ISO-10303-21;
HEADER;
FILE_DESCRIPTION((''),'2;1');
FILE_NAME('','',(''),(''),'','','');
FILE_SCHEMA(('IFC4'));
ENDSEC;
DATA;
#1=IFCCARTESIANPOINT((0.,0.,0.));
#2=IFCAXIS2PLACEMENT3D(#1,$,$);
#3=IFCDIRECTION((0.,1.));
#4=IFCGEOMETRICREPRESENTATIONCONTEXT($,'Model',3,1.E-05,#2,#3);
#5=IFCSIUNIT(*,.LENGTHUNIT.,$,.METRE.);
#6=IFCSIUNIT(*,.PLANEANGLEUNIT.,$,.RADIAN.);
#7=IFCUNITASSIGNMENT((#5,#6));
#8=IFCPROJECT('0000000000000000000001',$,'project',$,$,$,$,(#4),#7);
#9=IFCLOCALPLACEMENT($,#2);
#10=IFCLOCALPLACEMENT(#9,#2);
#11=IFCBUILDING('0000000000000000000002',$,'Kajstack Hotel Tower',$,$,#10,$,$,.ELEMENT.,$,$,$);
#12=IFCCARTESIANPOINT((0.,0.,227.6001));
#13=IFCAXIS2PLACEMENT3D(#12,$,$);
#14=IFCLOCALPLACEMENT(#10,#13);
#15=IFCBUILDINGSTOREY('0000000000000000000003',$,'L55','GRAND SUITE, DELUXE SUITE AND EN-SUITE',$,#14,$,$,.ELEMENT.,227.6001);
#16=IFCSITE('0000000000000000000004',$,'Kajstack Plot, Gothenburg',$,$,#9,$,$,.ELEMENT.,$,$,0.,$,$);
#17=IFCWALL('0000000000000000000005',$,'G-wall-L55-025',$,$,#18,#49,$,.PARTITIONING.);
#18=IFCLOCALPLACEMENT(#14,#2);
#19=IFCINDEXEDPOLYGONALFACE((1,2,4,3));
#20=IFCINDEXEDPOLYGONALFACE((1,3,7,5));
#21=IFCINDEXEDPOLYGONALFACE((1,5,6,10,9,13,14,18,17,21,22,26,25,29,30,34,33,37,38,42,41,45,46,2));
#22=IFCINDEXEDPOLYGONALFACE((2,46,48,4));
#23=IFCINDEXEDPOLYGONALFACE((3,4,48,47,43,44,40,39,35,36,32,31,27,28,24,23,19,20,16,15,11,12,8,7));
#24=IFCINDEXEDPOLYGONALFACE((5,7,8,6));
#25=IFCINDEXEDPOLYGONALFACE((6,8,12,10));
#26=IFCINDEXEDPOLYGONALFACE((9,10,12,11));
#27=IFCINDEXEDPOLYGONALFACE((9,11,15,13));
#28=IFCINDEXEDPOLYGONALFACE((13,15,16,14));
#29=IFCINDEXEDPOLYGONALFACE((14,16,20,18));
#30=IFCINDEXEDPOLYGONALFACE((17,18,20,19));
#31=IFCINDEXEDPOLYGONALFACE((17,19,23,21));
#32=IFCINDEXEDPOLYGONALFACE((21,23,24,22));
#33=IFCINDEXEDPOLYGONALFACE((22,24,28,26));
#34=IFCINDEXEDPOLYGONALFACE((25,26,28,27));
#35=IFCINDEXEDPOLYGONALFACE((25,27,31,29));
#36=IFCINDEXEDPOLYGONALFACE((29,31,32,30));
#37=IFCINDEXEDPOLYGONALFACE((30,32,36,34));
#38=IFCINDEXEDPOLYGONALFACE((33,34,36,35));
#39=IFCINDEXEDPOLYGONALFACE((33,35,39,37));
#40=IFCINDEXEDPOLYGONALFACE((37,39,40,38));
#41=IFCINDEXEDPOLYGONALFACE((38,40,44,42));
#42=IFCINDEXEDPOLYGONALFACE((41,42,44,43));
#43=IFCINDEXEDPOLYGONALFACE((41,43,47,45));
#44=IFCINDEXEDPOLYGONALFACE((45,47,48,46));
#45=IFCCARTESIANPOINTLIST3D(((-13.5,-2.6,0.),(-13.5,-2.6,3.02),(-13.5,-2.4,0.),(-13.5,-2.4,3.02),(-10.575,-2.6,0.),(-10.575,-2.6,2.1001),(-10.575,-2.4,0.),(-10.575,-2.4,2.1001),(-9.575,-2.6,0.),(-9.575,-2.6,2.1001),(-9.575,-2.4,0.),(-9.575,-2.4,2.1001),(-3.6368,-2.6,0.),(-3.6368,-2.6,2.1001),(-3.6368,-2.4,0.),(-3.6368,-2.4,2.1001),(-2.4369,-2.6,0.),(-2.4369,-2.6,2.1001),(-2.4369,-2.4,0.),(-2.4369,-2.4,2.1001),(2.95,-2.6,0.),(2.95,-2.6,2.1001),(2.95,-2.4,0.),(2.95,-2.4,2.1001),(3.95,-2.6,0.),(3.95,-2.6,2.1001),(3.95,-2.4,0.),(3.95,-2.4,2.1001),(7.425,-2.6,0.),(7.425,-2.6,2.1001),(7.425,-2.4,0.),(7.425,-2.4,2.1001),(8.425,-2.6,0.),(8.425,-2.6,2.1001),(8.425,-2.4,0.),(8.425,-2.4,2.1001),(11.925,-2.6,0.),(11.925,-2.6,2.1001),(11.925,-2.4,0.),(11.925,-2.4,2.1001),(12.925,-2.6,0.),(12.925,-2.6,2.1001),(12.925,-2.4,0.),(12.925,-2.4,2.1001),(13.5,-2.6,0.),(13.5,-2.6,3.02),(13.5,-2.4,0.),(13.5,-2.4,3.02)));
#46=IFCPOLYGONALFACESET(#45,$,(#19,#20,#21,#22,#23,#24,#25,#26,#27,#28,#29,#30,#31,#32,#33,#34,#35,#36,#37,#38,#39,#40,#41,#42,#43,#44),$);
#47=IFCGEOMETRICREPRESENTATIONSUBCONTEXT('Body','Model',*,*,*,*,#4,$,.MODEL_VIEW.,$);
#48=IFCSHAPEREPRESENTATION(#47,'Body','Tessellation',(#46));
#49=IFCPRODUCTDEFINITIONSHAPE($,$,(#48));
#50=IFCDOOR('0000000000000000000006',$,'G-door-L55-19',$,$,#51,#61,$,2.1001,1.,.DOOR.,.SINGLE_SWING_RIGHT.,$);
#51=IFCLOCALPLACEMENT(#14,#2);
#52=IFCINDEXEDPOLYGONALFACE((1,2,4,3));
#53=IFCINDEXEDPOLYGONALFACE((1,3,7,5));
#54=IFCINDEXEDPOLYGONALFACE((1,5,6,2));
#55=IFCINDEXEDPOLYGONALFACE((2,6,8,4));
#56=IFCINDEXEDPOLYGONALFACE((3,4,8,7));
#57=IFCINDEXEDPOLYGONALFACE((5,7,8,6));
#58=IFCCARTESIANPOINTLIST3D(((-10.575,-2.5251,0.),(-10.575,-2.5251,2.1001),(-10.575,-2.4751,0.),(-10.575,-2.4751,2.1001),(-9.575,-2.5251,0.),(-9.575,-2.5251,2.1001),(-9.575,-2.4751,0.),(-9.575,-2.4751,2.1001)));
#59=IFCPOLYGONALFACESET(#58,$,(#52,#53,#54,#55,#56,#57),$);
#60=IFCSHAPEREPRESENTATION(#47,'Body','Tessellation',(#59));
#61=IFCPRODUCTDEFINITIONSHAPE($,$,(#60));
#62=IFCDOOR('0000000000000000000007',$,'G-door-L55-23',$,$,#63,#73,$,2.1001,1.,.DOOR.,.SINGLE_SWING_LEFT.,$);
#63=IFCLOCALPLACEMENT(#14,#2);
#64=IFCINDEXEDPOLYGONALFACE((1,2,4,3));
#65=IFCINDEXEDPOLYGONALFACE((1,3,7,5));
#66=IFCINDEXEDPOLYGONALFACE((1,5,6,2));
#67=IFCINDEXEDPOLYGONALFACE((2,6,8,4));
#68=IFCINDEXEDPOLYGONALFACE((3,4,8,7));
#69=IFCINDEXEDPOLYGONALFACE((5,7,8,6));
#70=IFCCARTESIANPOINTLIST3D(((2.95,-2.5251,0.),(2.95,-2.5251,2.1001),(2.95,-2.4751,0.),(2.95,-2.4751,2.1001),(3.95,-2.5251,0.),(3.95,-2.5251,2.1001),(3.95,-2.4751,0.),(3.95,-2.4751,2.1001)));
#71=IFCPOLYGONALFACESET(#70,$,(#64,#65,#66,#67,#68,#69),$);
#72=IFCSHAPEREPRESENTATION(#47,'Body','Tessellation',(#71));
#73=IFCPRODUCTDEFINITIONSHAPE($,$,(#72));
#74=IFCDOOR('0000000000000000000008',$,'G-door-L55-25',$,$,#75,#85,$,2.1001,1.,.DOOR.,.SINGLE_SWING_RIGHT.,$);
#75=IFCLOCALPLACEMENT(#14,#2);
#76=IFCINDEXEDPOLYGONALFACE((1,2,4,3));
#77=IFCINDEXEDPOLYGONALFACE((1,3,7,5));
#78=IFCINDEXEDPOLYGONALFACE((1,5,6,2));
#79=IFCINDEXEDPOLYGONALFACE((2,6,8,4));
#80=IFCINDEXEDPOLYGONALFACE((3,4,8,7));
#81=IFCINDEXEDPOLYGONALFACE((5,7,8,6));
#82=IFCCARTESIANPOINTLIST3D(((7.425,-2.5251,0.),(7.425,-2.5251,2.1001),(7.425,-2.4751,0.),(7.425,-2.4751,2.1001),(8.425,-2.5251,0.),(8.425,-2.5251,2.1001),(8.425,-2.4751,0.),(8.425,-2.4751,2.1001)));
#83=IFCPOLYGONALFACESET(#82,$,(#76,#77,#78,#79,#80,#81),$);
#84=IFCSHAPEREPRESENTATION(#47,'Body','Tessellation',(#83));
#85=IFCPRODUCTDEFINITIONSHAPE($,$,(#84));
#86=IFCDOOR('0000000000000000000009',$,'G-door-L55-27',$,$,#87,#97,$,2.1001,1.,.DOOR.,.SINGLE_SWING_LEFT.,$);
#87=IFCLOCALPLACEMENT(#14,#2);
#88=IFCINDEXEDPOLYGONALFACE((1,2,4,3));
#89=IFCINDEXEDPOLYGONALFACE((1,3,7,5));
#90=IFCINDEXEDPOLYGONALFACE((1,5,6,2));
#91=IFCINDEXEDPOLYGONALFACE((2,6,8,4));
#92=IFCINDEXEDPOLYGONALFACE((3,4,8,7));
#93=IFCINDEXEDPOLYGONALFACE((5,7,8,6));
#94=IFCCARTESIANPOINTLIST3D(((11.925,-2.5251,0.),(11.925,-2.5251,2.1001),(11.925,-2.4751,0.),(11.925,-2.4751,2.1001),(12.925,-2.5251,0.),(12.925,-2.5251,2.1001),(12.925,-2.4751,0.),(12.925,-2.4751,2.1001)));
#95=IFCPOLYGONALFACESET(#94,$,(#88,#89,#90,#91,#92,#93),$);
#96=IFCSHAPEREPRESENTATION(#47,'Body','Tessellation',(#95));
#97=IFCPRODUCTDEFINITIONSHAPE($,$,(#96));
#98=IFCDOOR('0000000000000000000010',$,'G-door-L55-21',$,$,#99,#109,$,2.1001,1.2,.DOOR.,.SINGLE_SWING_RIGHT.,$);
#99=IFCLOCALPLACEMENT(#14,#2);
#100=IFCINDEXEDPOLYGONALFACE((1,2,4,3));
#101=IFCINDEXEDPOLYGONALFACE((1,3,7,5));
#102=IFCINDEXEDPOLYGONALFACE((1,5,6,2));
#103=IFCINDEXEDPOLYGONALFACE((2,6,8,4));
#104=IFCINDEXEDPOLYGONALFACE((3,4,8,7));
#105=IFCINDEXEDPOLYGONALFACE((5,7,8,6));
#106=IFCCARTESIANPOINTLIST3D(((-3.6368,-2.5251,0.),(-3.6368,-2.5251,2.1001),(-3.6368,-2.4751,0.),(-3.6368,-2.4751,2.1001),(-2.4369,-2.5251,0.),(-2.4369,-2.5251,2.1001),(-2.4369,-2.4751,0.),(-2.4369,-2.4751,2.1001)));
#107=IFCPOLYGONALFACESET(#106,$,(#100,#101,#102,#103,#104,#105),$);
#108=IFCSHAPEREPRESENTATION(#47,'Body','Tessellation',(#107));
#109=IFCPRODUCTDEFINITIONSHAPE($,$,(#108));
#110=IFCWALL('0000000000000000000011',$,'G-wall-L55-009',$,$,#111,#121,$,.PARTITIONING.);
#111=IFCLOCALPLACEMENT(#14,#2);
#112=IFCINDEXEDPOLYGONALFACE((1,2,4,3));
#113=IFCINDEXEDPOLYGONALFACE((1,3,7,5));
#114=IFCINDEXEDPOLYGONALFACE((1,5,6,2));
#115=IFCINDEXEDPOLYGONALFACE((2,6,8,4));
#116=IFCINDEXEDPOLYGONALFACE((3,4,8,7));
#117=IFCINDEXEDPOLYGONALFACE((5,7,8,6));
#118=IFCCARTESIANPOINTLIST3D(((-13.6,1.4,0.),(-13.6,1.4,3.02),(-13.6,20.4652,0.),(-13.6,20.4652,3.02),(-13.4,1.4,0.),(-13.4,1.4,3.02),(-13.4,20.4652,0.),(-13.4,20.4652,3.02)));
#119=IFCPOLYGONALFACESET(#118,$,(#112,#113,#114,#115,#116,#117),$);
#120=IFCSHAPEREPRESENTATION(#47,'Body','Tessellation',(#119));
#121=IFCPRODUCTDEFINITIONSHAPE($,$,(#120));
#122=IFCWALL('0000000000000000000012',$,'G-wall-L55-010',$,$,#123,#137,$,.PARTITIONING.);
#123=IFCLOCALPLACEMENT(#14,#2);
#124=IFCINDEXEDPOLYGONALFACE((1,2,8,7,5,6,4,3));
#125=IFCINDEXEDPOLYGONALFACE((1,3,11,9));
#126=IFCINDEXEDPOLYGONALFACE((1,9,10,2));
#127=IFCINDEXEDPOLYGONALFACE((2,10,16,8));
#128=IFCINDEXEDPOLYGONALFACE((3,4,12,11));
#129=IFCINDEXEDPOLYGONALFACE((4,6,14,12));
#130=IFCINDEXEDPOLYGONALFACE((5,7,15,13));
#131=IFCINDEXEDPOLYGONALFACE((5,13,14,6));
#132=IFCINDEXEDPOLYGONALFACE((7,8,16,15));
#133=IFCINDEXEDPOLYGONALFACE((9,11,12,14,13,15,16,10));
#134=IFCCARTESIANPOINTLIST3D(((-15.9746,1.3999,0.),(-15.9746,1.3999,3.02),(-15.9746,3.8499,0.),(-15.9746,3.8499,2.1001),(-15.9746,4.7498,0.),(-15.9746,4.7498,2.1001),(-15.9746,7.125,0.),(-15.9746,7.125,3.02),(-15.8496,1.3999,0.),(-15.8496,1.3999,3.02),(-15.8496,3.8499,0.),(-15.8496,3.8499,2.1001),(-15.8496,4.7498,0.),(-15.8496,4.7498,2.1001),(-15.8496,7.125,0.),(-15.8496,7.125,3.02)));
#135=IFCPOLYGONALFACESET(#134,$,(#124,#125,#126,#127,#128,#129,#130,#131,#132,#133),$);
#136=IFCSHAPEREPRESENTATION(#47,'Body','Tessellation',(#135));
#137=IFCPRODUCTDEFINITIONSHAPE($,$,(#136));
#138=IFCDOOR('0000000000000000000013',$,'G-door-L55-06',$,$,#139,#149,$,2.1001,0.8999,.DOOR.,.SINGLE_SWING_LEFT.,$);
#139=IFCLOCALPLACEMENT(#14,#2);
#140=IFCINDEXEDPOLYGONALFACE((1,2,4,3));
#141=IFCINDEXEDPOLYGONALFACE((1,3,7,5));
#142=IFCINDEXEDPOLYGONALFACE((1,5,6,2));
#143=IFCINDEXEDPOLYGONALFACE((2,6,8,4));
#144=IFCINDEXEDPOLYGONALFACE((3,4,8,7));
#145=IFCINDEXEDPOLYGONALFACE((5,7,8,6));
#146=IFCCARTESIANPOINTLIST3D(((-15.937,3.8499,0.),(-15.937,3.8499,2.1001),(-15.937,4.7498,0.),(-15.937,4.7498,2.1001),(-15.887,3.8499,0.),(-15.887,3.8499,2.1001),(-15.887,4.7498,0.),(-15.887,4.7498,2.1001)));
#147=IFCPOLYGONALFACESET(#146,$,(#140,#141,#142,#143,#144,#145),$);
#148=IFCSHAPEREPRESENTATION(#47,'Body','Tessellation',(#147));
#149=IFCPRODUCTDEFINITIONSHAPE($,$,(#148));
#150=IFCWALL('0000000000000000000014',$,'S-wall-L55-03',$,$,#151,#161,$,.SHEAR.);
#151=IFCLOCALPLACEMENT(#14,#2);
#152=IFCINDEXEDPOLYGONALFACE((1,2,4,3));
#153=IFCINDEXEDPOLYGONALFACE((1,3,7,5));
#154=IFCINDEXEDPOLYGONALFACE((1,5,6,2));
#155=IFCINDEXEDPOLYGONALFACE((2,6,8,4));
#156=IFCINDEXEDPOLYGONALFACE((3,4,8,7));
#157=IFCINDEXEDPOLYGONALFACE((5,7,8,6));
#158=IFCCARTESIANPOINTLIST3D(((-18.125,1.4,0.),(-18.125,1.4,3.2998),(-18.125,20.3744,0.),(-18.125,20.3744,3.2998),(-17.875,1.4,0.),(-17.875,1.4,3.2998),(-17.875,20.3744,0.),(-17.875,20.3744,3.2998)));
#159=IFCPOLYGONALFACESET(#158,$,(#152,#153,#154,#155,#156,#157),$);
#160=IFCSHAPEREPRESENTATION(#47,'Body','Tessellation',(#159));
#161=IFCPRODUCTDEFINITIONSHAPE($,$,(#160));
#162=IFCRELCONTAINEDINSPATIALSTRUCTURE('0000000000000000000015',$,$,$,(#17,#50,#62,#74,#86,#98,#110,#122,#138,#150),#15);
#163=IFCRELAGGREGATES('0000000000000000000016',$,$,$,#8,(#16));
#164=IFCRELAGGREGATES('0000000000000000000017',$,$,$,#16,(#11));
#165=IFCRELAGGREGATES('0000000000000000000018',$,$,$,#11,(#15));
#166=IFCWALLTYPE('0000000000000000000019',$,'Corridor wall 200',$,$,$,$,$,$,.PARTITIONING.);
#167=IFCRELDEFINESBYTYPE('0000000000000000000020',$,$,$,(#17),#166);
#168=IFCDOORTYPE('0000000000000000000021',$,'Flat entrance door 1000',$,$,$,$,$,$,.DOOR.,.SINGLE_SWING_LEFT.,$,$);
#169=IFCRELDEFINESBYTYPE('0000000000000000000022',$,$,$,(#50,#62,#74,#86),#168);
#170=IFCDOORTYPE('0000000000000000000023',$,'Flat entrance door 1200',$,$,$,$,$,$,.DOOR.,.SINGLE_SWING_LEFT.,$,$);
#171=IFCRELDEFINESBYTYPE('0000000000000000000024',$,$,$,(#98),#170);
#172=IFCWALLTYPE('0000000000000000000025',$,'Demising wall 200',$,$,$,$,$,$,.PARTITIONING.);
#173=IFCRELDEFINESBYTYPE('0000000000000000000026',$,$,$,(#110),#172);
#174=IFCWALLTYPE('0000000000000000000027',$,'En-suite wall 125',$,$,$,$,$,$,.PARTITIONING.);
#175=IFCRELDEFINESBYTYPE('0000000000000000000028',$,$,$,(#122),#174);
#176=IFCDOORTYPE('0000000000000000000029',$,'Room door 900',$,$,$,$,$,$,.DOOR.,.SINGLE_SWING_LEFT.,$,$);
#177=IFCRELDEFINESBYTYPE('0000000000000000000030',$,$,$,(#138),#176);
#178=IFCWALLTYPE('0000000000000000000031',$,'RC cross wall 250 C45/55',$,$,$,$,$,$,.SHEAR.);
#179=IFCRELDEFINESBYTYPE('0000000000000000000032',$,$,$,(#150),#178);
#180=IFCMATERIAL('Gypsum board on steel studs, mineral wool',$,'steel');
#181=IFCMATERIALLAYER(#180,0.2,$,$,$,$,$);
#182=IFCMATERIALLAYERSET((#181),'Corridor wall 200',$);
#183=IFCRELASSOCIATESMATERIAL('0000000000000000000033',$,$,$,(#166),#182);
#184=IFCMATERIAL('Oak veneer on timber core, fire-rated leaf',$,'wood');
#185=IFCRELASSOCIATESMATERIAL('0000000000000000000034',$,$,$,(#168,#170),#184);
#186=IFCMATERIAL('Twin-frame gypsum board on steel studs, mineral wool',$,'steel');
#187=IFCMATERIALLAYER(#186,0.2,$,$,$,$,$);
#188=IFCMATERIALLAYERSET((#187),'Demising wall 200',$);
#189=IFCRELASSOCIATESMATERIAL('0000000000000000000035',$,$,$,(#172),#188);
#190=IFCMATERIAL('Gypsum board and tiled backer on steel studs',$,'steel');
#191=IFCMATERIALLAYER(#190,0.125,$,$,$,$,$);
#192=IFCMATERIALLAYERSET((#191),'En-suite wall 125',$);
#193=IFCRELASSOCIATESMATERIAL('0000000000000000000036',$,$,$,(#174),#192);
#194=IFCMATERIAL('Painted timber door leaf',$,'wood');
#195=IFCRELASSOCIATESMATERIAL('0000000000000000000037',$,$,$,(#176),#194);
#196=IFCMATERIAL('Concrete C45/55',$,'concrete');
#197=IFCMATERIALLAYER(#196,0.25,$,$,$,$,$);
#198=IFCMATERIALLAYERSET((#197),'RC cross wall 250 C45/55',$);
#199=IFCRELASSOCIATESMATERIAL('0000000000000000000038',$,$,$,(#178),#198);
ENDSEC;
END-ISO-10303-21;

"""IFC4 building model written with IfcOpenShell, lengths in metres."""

from ifc_helpers import new_model, si_unit, direction, frame, frame_2d, origin, place, context, subcontext, project, spatial, rectangle, extrude, material, layer, layer_set, type_object, element, fill, save


model = new_model("IFC4")

# Units and contexts
model_context = context("Model", 3, precision=1e-05, world=origin(), true_north=direction((0.0, 1.0)))
body_context = subcontext(model_context, "Body", "Model", "MODEL_VIEW")
ifc_project = project(units=[si_unit("LENGTHUNIT", "METRE"), si_unit("PLANEANGLEUNIT", "RADIAN")], contexts=[model_context])

# Site, building, storey
site_placement = place(None, origin())
site = spatial("IfcSite", under=ifc_project, at=site_placement, Name="Kajstack Plot, Gothenburg", CompositionType="ELEMENT", RefElevation=0.0)
building_placement = place(site_placement, origin())
building = spatial("IfcBuilding", under=site, at=building_placement, Name="Kajstack Hotel Tower", CompositionType="ELEMENT")
storey_placement = place(building_placement, frame((0.0, 0.0, 227.6001)))
storey = spatial("IfcBuildingStorey", under=building, at=storey_placement, Name="L55", Description="GRAND SUITE, DELUXE SUITE AND EN-SUITE", CompositionType="ELEMENT", Elevation=227.6001)

# Wall, openings, doors
ifc_material_1 = material(Name="Gypsum board on steel studs, mineral wool", Category="steel")
ifc_layer_1 = layer(ifc_material_1, 0.2)
ifc_layer_set_1 = layer_set([ifc_layer_1], Name="Corridor wall 200")
wall_type_1 = type_object("IfcWallType", Name="Corridor wall 200", PredefinedType="PARTITIONING", material=ifc_layer_set_1)
wall_1_placement = place(storey_placement, frame((-13.5, -2.5, 0.0), z_axis=(0.0, 0.0, 1.0), x_axis=(1.0, 0.0, 0.0)))
wall_1 = element("IfcWall", 1, at=wall_1_placement, inside=storey, type_object=wall_type_1, Name="G-wall-L55-025", PredefinedType="PARTITIONING", context=body_context, shape_type="SweptSolid", body=[
    extrude(rectangle(XDim=27.0, YDim=0.2, at=frame_2d((13.5, 0.0))), origin(), (0.0, 0.0, 1.0), 3.02),
])
opening_1_placement = place(wall_1_placement, frame((2.925, 0.0, 0.0)))
opening_1 = element("IfcOpeningElement", 2, at=opening_1_placement, cuts=wall_1, PredefinedType="OPENING", context=body_context, shape_type="SweptSolid", body=[
    extrude(rectangle(XDim=1.0, YDim=2.1001, at=frame_2d((0.5, 1.05))), frame((0.0, 0.1099, 0.0), z_axis=(0.0, -1.0, 0.0), x_axis=(1.0, 0.0, 0.0)), (0.0, 0.0, 1.0), 0.22),
])
opening_2_placement = place(wall_1_placement, frame((9.863, 0.0, 0.0)))
opening_2 = element("IfcOpeningElement", 3, at=opening_2_placement, cuts=wall_1, PredefinedType="OPENING", context=body_context, shape_type="SweptSolid", body=[
    extrude(rectangle(XDim=1.2, YDim=2.1001, at=frame_2d((0.6001, 1.05))), frame((0.0, 0.1099, 0.0), z_axis=(0.0, -1.0, 0.0), x_axis=(1.0, 0.0, 0.0)), (0.0, 0.0, 1.0), 0.22),
])
opening_3_placement = place(wall_1_placement, frame((16.45, 0.0, 0.0)))
opening_3 = element("IfcOpeningElement", 4, at=opening_3_placement, cuts=wall_1, PredefinedType="OPENING", context=body_context, shape_type="SweptSolid", body=[
    extrude(rectangle(XDim=1.0, YDim=2.1001, at=frame_2d((0.5, 1.05))), frame((0.0, 0.1099, 0.0), z_axis=(0.0, -1.0, 0.0), x_axis=(1.0, 0.0, 0.0)), (0.0, 0.0, 1.0), 0.22),
])
opening_4_placement = place(wall_1_placement, frame((20.925, 0.0, 0.0)))
opening_4 = element("IfcOpeningElement", 5, at=opening_4_placement, cuts=wall_1, PredefinedType="OPENING", context=body_context, shape_type="SweptSolid", body=[
    extrude(rectangle(XDim=1.0, YDim=2.1001, at=frame_2d((0.5, 1.05))), frame((0.0, 0.1099, 0.0), z_axis=(0.0, -1.0, 0.0), x_axis=(1.0, 0.0, 0.0)), (0.0, 0.0, 1.0), 0.22),
])
opening_5_placement = place(wall_1_placement, frame((25.425, 0.0, 0.0)))
opening_5 = element("IfcOpeningElement", 6, at=opening_5_placement, cuts=wall_1, PredefinedType="OPENING", context=body_context, shape_type="SweptSolid", body=[
    extrude(rectangle(XDim=1.0, YDim=2.1001, at=frame_2d((0.5, 1.05))), frame((0.0, 0.1099, 0.0), z_axis=(0.0, -1.0, 0.0), x_axis=(1.0, 0.0, 0.0)), (0.0, 0.0, 1.0), 0.22),
])
ifc_material_2 = material(Name="Oak veneer on timber core, fire-rated leaf", Category="wood")
door_type_1 = type_object("IfcDoorType", Name="Flat entrance door 1000", OperationType="SINGLE_SWING_LEFT", PredefinedType="DOOR", material=ifc_material_2)
door_1_placement = place(opening_1_placement, origin())
door_1 = element("IfcDoor", 7, at=door_1_placement, inside=storey, type_object=door_type_1, Name="G-door-L55-19", OperationType="SINGLE_SWING_RIGHT", OverallHeight=2.1001, OverallWidth=1.0, PredefinedType="DOOR", context=body_context, shape_type="SweptSolid", body=[
    extrude(rectangle(XDim=1.0, YDim=2.1001, at=frame_2d((0.5, 1.05))), frame((0.0, 0.0249, 0.0), z_axis=(0.0, -1.0, 0.0), x_axis=(1.0, 0.0, 0.0)), (0.0, 0.0, 1.0), 0.05),
])
fill(opening_1, door_1)
door_2_placement = place(opening_3_placement, origin())
door_2 = element("IfcDoor", 8, at=door_2_placement, inside=storey, type_object=door_type_1, Name="G-door-L55-23", OperationType="SINGLE_SWING_LEFT", OverallHeight=2.1001, OverallWidth=1.0, PredefinedType="DOOR", context=body_context, shape_type="SweptSolid", body=[
    extrude(rectangle(XDim=1.0, YDim=2.1001, at=frame_2d((0.5, 1.05))), frame((0.0, 0.0249, 0.0), z_axis=(0.0, -1.0, 0.0), x_axis=(1.0, 0.0, 0.0)), (0.0, 0.0, 1.0), 0.05),
])
fill(opening_3, door_2)
door_3_placement = place(opening_4_placement, origin())
door_3 = element("IfcDoor", 9, at=door_3_placement, inside=storey, type_object=door_type_1, Name="G-door-L55-25", OperationType="SINGLE_SWING_RIGHT", OverallHeight=2.1001, OverallWidth=1.0, PredefinedType="DOOR", context=body_context, shape_type="SweptSolid", body=[
    extrude(rectangle(XDim=1.0, YDim=2.1001, at=frame_2d((0.5, 1.05))), frame((0.0, 0.0249, 0.0), z_axis=(0.0, -1.0, 0.0), x_axis=(1.0, 0.0, 0.0)), (0.0, 0.0, 1.0), 0.05),
])
fill(opening_4, door_3)
door_4_placement = place(opening_5_placement, origin())
door_4 = element("IfcDoor", 10, at=door_4_placement, inside=storey, type_object=door_type_1, Name="G-door-L55-27", OperationType="SINGLE_SWING_LEFT", OverallHeight=2.1001, OverallWidth=1.0, PredefinedType="DOOR", context=body_context, shape_type="SweptSolid", body=[
    extrude(rectangle(XDim=1.0, YDim=2.1001, at=frame_2d((0.5, 1.05))), frame((0.0, 0.0249, 0.0), z_axis=(0.0, -1.0, 0.0), x_axis=(1.0, 0.0, 0.0)), (0.0, 0.0, 1.0), 0.05),
])
fill(opening_5, door_4)
door_type_2 = type_object("IfcDoorType", Name="Flat entrance door 1200", OperationType="SINGLE_SWING_LEFT", PredefinedType="DOOR", material=ifc_material_2)
door_5_placement = place(opening_2_placement, origin())
door_5 = element("IfcDoor", 11, at=door_5_placement, inside=storey, type_object=door_type_2, Name="G-door-L55-21", OperationType="SINGLE_SWING_RIGHT", OverallHeight=2.1001, OverallWidth=1.2, PredefinedType="DOOR", context=body_context, shape_type="SweptSolid", body=[
    extrude(rectangle(XDim=1.2, YDim=2.1001, at=frame_2d((0.6001, 1.05))), frame((0.0, 0.0249, 0.0), z_axis=(0.0, -1.0, 0.0), x_axis=(1.0, 0.0, 0.0)), (0.0, 0.0, 1.0), 0.05),
])
fill(opening_2, door_5)

# Wall
ifc_material_3 = material(Name="Twin-frame gypsum board on steel studs, mineral wool", Category="steel")
ifc_layer_2 = layer(ifc_material_3, 0.2)
ifc_layer_set_2 = layer_set([ifc_layer_2], Name="Demising wall 200")
wall_type_2 = type_object("IfcWallType", Name="Demising wall 200", PredefinedType="PARTITIONING", material=ifc_layer_set_2)
wall_2_placement = place(storey_placement, frame((-13.5, 1.3999, 0.0), z_axis=(0.0, 0.0, 1.0), x_axis=(0.0, 1.0, 0.0)))
element("IfcWall", 12, at=wall_2_placement, inside=storey, type_object=wall_type_2, Name="G-wall-L55-009", PredefinedType="PARTITIONING", context=body_context, shape_type="SweptSolid", body=[
    extrude(rectangle(XDim=19.0652, YDim=0.2, at=frame_2d((9.5327, 0.0))), origin(), (0.0, 0.0, 1.0), 3.02),
])

# Wall, opening, door
ifc_material_4 = material(Name="Gypsum board and tiled backer on steel studs", Category="steel")
ifc_layer_3 = layer(ifc_material_4, 0.125)
ifc_layer_set_3 = layer_set([ifc_layer_3], Name="En-suite wall 125")
wall_type_3 = type_object("IfcWallType", Name="En-suite wall 125", PredefinedType="PARTITIONING", material=ifc_layer_set_3)
wall_3_placement = place(storey_placement, frame((-15.9121, 1.3999, 0.0), z_axis=(0.0, 0.0, 1.0), x_axis=(0.0, 1.0, 0.0)))
wall_3 = element("IfcWall", 13, at=wall_3_placement, inside=storey, type_object=wall_type_3, Name="G-wall-L55-010", PredefinedType="PARTITIONING", context=body_context, shape_type="SweptSolid", body=[
    extrude(rectangle(XDim=5.7251, YDim=0.125, at=frame_2d((2.8625, 0.0))), origin(), (0.0, 0.0, 1.0), 3.02),
])
opening_6_placement = place(wall_3_placement, frame((2.45, 0.0, 0.0)))
opening_6 = element("IfcOpeningElement", 14, at=opening_6_placement, cuts=wall_3, PredefinedType="OPENING", context=body_context, shape_type="SweptSolid", body=[
    extrude(rectangle(XDim=0.8999, YDim=2.1001, at=frame_2d((0.45, 1.05))), frame((0.0, 0.0725, 0.0), z_axis=(0.0, -1.0, 0.0), x_axis=(1.0, 0.0, 0.0)), (0.0, 0.0, 1.0), 0.145),
])
ifc_material_5 = material(Name="Painted timber door leaf", Category="wood")
door_type_3 = type_object("IfcDoorType", Name="Room door 900", OperationType="SINGLE_SWING_LEFT", PredefinedType="DOOR", material=ifc_material_5)
door_6_placement = place(opening_6_placement, origin())
door_6 = element("IfcDoor", 15, at=door_6_placement, inside=storey, type_object=door_type_3, Name="G-door-L55-06", OperationType="SINGLE_SWING_LEFT", OverallHeight=2.1001, OverallWidth=0.8999, PredefinedType="DOOR", context=body_context, shape_type="SweptSolid", body=[
    extrude(rectangle(XDim=0.8999, YDim=2.1001, at=frame_2d((0.45, 1.05))), frame((0.0, 0.0249, 0.0), z_axis=(0.0, -1.0, 0.0), x_axis=(1.0, 0.0, 0.0)), (0.0, 0.0, 1.0), 0.05),
])
fill(opening_6, door_6)

# Wall
ifc_material_6 = material(Name="Concrete C45/55", Category="concrete")
ifc_layer_4 = layer(ifc_material_6, 0.25)
ifc_layer_set_4 = layer_set([ifc_layer_4], Name="RC cross wall 250 C45/55")
wall_type_4 = type_object("IfcWallType", Name="RC cross wall 250 C45/55", PredefinedType="SHEAR", material=ifc_layer_set_4)
wall_4_placement = place(storey_placement, frame((-18.0, 1.3999, 0.0), z_axis=(0.0, 0.0, 1.0), x_axis=(0.0, 1.0, 0.0)))
element("IfcWall", 16, at=wall_4_placement, inside=storey, type_object=wall_type_4, Name="S-wall-L55-03", PredefinedType="SHEAR", context=body_context, shape_type="SweptSolid", body=[
    extrude(rectangle(XDim=18.9744, YDim=0.25, at=frame_2d((9.4873, 0.0))), origin(), (0.0, 0.0, 1.0), 3.2998),
])

save(model, "model.ifc")
